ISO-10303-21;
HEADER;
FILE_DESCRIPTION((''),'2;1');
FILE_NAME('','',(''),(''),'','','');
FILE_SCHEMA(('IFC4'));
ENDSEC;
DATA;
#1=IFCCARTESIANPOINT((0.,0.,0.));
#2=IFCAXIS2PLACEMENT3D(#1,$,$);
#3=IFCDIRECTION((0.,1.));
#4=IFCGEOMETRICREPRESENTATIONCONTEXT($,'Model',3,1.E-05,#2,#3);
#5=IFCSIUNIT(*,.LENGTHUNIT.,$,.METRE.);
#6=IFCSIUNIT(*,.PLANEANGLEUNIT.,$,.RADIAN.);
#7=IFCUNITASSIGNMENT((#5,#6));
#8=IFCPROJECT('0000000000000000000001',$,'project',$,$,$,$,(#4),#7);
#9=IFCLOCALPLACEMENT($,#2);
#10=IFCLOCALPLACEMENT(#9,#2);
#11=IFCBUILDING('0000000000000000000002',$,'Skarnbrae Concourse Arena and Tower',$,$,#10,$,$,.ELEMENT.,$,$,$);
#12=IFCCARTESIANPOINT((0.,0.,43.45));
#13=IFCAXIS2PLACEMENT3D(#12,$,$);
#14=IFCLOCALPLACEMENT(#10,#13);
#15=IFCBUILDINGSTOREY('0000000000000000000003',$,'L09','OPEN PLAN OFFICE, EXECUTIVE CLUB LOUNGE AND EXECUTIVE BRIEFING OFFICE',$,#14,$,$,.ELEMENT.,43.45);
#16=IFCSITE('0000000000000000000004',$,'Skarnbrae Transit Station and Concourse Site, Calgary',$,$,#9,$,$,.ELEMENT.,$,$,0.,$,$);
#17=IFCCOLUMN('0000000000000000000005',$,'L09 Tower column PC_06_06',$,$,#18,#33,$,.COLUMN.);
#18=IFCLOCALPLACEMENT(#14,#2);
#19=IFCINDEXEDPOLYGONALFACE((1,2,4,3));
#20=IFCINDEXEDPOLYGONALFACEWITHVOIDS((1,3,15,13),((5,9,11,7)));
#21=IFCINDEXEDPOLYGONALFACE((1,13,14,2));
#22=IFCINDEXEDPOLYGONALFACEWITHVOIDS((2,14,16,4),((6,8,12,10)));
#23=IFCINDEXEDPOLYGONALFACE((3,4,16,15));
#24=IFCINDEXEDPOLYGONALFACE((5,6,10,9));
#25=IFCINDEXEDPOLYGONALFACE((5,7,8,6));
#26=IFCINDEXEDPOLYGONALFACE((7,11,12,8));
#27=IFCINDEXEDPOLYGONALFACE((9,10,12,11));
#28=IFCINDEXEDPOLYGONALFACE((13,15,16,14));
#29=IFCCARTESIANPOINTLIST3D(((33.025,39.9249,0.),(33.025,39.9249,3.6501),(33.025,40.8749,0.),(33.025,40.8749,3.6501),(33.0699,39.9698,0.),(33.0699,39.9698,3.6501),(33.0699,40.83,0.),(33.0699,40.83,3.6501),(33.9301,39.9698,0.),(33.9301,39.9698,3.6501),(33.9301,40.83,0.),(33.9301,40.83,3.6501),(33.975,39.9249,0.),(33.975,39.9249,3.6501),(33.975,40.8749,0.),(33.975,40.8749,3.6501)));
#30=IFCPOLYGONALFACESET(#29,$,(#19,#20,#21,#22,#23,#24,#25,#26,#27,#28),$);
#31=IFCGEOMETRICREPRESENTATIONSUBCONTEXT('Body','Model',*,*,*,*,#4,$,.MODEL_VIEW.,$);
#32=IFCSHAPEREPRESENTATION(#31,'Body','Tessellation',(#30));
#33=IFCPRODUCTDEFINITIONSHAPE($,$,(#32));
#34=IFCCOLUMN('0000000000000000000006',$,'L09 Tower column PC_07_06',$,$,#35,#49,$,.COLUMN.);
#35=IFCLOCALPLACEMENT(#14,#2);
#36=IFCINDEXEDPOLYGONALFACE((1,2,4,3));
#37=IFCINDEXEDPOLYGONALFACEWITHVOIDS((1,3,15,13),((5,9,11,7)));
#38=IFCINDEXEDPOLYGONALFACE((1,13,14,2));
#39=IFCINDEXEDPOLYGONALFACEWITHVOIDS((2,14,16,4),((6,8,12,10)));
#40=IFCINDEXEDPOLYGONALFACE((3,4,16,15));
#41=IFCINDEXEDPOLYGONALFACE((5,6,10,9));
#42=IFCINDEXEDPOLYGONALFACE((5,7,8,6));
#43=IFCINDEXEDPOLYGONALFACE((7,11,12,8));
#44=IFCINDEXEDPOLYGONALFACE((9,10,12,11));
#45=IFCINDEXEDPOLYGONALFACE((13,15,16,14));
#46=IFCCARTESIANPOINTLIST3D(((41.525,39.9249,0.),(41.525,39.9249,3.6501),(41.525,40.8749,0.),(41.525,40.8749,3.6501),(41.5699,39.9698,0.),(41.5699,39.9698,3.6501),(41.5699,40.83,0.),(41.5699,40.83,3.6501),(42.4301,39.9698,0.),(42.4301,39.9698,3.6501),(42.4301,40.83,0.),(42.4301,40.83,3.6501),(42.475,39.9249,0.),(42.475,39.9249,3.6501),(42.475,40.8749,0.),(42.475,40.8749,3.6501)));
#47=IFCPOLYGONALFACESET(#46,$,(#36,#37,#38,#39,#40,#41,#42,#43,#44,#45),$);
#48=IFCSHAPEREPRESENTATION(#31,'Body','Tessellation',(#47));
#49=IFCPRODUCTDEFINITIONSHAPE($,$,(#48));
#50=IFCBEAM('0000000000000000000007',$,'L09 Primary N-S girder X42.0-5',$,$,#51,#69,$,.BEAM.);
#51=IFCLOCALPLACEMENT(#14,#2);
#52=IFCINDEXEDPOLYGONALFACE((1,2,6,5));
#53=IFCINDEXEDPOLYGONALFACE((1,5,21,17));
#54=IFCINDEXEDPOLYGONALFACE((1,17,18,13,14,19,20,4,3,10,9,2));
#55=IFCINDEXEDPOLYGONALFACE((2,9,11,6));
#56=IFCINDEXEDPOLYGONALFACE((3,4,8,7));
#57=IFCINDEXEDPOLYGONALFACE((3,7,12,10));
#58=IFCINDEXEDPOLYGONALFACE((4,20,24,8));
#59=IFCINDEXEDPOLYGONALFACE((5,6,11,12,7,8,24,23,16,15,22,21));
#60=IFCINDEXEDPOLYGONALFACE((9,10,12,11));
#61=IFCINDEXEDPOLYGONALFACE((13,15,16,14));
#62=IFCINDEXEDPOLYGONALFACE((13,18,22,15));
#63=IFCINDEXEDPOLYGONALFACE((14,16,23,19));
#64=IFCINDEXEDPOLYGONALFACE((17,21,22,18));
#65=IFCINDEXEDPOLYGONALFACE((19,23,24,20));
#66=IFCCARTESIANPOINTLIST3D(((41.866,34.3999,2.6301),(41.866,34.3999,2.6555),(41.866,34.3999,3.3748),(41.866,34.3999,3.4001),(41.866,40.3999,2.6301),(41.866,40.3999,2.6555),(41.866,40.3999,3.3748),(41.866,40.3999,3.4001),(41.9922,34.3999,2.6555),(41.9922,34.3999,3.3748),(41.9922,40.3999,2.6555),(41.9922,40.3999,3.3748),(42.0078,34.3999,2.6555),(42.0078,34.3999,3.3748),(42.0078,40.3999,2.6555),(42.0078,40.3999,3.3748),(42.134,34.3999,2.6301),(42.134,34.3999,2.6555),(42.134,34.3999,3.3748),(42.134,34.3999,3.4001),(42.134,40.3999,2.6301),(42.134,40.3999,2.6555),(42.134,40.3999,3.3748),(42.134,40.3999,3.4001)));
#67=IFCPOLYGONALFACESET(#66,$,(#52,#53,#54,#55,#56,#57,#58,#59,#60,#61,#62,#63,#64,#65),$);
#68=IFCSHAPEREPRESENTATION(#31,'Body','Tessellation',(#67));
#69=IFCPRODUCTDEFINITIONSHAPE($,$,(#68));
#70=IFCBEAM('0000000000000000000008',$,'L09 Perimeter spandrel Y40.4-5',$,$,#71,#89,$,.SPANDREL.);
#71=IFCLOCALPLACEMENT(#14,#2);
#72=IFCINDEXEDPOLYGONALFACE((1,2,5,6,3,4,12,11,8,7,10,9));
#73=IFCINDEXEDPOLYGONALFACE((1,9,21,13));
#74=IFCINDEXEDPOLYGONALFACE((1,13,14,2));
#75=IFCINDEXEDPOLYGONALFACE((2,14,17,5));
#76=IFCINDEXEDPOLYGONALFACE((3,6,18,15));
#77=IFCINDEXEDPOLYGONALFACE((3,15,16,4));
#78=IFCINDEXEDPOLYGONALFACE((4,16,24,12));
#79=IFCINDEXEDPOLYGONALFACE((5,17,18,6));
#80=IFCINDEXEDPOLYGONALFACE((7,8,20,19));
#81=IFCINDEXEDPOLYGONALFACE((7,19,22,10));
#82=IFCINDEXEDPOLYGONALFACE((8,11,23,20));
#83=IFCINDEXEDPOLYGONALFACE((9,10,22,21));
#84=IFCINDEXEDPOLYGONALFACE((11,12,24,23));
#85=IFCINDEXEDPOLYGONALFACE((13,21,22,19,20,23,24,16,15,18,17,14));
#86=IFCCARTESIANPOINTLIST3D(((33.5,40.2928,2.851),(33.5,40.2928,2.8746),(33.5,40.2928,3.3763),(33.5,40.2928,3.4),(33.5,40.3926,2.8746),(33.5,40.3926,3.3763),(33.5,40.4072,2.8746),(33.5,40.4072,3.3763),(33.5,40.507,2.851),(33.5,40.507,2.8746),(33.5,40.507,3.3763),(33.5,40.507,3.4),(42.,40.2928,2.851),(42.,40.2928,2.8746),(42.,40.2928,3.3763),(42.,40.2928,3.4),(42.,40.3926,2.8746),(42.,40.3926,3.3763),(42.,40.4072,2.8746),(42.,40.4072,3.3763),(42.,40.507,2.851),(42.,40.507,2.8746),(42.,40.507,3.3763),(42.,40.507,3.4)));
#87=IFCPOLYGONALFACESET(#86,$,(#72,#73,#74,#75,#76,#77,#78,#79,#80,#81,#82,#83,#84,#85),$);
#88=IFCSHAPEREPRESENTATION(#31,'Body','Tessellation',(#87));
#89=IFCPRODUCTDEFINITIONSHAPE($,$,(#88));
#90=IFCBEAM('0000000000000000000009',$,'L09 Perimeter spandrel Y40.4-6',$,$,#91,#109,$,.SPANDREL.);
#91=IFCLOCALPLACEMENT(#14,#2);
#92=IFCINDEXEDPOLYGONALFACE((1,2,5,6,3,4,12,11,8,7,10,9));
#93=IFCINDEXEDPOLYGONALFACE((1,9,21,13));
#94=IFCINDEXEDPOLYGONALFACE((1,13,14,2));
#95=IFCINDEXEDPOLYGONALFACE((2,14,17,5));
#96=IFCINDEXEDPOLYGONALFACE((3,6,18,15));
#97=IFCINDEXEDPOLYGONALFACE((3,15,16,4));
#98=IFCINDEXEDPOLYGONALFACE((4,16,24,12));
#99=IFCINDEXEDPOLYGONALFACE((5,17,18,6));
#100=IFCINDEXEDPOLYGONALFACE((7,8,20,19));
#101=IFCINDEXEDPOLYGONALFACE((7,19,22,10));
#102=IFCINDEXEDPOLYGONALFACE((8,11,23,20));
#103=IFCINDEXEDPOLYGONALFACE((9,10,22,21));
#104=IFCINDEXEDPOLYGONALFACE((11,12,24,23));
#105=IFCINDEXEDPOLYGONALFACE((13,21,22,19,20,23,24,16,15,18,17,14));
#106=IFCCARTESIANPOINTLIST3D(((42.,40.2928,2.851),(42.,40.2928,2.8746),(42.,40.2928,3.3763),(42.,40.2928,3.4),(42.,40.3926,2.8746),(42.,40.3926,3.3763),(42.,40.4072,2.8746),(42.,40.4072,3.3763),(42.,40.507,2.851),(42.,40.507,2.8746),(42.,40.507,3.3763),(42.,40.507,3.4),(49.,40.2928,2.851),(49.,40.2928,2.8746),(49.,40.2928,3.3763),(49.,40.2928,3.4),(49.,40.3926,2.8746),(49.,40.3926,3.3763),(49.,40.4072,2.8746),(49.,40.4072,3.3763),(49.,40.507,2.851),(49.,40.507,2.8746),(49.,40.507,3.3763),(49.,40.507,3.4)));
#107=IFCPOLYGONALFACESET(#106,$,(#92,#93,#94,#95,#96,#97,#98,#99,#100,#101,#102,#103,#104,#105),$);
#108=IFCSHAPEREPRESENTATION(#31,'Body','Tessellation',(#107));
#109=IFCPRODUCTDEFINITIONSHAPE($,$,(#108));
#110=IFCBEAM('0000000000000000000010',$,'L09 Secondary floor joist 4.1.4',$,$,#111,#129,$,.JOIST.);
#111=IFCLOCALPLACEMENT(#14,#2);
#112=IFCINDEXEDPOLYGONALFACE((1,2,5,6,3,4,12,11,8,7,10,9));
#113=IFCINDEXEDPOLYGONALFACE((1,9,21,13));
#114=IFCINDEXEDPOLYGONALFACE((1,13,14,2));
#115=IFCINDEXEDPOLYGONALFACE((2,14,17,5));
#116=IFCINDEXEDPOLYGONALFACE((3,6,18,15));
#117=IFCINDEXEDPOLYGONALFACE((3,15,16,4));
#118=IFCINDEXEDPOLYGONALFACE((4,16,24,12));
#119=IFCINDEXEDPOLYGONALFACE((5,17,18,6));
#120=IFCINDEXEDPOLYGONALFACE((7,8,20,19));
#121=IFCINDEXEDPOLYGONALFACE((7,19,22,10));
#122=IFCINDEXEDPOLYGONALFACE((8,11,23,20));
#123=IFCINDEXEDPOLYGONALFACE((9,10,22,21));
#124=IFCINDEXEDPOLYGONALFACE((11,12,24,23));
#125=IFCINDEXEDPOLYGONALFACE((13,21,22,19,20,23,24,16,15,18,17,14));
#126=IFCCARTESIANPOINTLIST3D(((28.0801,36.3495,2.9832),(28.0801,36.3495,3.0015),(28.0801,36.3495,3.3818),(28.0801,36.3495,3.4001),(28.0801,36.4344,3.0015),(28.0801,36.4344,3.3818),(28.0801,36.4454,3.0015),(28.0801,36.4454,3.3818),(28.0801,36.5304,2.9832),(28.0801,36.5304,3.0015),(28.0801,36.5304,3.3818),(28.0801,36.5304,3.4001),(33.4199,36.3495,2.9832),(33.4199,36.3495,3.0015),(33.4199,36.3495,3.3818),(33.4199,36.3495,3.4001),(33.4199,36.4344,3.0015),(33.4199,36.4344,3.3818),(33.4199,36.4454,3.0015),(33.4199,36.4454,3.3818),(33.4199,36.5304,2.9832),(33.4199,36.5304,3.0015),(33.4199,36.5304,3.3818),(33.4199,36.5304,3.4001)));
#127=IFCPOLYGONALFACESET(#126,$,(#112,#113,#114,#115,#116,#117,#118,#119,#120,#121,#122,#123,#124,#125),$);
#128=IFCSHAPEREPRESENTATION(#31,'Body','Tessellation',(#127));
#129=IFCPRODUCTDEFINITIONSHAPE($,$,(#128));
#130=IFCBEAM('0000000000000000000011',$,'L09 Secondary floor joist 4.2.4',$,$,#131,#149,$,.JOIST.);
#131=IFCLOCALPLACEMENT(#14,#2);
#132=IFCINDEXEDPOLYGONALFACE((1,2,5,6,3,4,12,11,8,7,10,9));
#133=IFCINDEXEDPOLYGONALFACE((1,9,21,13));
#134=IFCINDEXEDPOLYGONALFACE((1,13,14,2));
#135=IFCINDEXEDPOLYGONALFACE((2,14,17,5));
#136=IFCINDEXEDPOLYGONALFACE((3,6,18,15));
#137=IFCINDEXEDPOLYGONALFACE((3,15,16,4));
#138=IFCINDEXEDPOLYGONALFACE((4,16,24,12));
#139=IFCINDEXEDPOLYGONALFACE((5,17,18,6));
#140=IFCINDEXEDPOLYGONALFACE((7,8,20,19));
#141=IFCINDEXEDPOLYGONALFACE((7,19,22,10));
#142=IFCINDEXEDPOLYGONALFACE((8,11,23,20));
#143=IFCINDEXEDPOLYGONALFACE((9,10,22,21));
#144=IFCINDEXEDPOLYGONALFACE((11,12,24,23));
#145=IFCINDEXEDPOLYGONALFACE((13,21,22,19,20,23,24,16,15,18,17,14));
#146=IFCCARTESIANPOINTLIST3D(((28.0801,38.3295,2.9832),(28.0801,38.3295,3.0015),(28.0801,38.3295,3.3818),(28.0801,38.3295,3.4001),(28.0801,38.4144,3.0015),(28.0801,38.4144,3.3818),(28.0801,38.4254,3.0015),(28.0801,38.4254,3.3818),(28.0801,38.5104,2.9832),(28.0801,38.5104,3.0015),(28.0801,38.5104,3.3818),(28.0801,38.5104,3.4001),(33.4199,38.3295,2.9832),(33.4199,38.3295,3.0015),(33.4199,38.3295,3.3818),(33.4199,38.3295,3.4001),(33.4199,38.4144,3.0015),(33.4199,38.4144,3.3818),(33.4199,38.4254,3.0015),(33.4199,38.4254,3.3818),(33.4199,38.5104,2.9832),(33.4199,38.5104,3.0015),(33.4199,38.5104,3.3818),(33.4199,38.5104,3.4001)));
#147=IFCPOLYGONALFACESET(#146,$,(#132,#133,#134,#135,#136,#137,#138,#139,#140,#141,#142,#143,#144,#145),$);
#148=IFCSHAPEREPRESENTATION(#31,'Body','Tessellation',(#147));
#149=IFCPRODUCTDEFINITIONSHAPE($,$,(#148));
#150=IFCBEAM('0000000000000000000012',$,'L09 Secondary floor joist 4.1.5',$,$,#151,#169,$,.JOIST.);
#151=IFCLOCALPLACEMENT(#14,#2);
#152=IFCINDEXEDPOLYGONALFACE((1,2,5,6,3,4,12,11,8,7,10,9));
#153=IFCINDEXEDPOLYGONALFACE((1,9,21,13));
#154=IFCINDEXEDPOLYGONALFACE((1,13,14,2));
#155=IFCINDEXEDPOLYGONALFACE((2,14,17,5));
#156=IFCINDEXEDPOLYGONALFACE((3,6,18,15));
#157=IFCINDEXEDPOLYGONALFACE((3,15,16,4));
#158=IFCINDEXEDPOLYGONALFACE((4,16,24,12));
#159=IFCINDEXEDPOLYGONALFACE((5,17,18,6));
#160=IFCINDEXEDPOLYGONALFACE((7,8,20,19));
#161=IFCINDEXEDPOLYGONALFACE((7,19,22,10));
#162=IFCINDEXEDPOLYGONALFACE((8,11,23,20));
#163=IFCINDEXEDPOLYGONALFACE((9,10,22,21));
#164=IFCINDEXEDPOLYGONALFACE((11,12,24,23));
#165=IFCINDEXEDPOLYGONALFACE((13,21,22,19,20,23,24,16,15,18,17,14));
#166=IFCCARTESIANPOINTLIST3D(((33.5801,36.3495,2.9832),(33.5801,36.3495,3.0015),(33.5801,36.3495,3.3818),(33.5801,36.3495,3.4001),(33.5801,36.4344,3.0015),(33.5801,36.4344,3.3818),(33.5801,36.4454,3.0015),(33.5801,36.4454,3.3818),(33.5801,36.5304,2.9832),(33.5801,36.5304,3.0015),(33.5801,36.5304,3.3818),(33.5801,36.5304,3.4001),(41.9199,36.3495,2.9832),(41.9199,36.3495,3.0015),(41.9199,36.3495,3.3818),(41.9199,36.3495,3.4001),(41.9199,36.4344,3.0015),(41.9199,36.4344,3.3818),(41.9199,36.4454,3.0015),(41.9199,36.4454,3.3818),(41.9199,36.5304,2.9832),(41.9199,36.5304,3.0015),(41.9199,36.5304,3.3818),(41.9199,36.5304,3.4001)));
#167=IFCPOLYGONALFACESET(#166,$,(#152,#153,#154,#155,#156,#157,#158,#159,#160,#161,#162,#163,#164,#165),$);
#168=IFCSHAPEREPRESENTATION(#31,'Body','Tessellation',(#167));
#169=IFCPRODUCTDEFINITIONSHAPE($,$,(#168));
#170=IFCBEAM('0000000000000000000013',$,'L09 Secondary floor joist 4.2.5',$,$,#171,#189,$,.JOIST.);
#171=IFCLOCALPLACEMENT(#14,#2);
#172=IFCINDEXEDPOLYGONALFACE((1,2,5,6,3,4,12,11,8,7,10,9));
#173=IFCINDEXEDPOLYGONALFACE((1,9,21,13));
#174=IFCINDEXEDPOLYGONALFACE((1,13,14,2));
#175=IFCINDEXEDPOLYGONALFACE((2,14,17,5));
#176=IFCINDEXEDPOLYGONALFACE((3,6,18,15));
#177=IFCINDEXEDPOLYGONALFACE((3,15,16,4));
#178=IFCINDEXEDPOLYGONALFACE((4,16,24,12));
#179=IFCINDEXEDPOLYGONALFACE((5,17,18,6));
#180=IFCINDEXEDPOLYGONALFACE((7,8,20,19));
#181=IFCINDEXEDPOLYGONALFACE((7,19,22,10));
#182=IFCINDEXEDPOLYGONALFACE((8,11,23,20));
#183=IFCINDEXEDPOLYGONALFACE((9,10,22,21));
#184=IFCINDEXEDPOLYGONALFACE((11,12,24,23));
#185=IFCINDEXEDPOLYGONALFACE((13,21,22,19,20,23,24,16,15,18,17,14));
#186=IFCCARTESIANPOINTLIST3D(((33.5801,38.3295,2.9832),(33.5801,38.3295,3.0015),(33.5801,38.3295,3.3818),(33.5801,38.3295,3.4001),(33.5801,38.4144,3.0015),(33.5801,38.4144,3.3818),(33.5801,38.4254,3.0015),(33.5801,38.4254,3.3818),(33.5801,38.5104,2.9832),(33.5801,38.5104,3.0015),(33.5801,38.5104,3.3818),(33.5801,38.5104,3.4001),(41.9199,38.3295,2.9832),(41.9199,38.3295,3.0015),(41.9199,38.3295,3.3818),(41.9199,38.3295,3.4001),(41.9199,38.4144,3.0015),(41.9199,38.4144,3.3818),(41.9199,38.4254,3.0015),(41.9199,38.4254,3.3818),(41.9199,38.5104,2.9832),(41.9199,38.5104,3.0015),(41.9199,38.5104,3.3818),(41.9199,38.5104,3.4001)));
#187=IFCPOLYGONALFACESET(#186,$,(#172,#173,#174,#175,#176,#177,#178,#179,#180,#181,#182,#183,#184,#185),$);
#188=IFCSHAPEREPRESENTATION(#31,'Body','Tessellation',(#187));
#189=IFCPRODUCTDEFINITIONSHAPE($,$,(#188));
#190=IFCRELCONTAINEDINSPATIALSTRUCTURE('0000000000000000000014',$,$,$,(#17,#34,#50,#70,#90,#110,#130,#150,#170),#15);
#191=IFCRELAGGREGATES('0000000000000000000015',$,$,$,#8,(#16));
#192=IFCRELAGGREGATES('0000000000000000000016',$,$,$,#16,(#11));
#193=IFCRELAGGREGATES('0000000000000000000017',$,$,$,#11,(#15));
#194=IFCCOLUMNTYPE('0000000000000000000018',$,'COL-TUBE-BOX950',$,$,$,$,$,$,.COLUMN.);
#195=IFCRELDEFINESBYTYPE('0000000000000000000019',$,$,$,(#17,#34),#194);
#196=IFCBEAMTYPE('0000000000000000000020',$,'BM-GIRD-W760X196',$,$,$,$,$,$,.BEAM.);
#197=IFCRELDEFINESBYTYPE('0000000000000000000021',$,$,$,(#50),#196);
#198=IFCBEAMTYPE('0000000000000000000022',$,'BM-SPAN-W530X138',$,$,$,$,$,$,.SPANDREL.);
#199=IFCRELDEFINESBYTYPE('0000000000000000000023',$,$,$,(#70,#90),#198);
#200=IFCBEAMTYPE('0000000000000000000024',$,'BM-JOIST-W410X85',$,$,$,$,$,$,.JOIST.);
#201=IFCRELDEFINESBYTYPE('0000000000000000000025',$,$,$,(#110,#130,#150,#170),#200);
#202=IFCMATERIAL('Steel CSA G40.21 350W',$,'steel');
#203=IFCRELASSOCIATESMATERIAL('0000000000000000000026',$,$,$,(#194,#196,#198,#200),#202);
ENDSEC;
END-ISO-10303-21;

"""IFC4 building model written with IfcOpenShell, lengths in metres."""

from ifc_helpers import new_model, si_unit, direction, frame, origin, origin_2d, place, context, subcontext, project, spatial, hollow_rectangle, i_section, extrude, source, transform, mapped, material, material_profile, profile_set, type_object, element, save


model = new_model("IFC4")

# Units and contexts
model_context = context("Model", 3, precision=1e-05, world=origin(), true_north=direction((0.0, 1.0)))
body_context = subcontext(model_context, "Body", "Model", "MODEL_VIEW")
ifc_project = project(units=[si_unit("LENGTHUNIT", "METRE"), si_unit("PLANEANGLEUNIT", "RADIAN")], contexts=[model_context])

# Site, building, storey
site_placement = place(None, origin())
site = spatial("IfcSite", under=ifc_project, at=site_placement, Name="Skarnbrae Transit Station and Concourse Site, Calgary", CompositionType="ELEMENT", RefElevation=0.0)
building_placement = place(site_placement, origin())
building = spatial("IfcBuilding", under=site, at=building_placement, Name="Skarnbrae Concourse Arena and Tower", CompositionType="ELEMENT")
storey_placement = place(building_placement, frame((0.0, 0.0, 43.45)))
storey = spatial("IfcBuildingStorey", under=building, at=storey_placement, Name="L09", Description="OPEN PLAN OFFICE, EXECUTIVE CLUB LOUNGE AND EXECUTIVE BRIEFING OFFICE", CompositionType="ELEMENT", Elevation=43.45)

# Columns
ifc_material_1 = material(Name="Steel CSA G40.21 350W", Category="steel")
ifc_material_profile_1 = material_profile(ifc_material_1, hollow_rectangle(XDim=0.95, YDim=0.95, WallThickness=0.0449, at=origin_2d()), Name="BOX950X950X45")
ifc_profile_set_1 = profile_set([ifc_material_profile_1], Name="Steel CSA G40.21 350W")
column_type = type_object("IfcColumnType", Name="COL-TUBE-BOX950", PredefinedType="COLUMN", material=ifc_profile_set_1)
shared_shape_1 = source(origin(), body_context, "Body", "SweptSolid", [
    extrude(hollow_rectangle(XDim=0.95, YDim=0.95, WallThickness=0.0449, at=origin_2d()), origin(), (0.0, 0.0, 1.0), 3.6501),
])
for number, where, z_axis, x_axis, name in (
    (1, (33.5, 40.3999, 0.0), (0.0, 0.0, 1.0), (1.0, 0.0, 0.0), "L09 Tower column PC_06_06"),
    (2, (42.0, 40.3999, 0.0), (0.0, 0.0, 1.0), (1.0, 0.0, 0.0), "L09 Tower column PC_07_06"),
):
    element("IfcColumn", number, at=place(storey_placement, frame(where, z_axis=z_axis, x_axis=x_axis)), inside=storey, type_object=column_type, Name=name, PredefinedType="COLUMN", context=body_context, shape_type="MappedRepresentation", body=[
        mapped(shared_shape_1, transform((0.0, 0.0, 0.0))),
    ])

# Beams
ifc_material_profile_2 = material_profile(ifc_material_1, i_section(OverallWidth=0.2681, OverallDepth=0.77, WebThickness=0.0156, FlangeThickness=0.0254, at=origin_2d()), Name="W760X196")
ifc_profile_set_2 = profile_set([ifc_material_profile_2], Name="Steel CSA G40.21 350W")
beam_type_1 = type_object("IfcBeamType", Name="BM-GIRD-W760X196", PredefinedType="BEAM", material=ifc_profile_set_2)
shared_shape_2 = source(origin(), body_context, "Body", "SweptSolid", [
    extrude(i_section(OverallWidth=0.2681, OverallDepth=0.77, WebThickness=0.0156, FlangeThickness=0.0254, at=origin_2d()), origin(), (0.0, 0.0, 1.0), 6.0),
])
beam_1_placement = place(storey_placement, frame((42.0, 34.3999, 3.0151), z_axis=(0.0, 1.0, 0.0), x_axis=(-1.0, 0.0, 0.0)))
element("IfcBeam", 3, at=beam_1_placement, inside=storey, type_object=beam_type_1, Name="L09 Primary N-S girder X42.0-5", PredefinedType="BEAM", context=body_context, shape_type="MappedRepresentation", body=[
    mapped(shared_shape_2, transform((0.0, 0.0, 0.0))),
])
ifc_material_profile_3 = material_profile(ifc_material_1, i_section(OverallWidth=0.2141, OverallDepth=0.5491, WebThickness=0.0146, FlangeThickness=0.0237, at=origin_2d()), Name="W530X138")
ifc_profile_set_3 = profile_set([ifc_material_profile_3], Name="Steel CSA G40.21 350W")
beam_type_2 = type_object("IfcBeamType", Name="BM-SPAN-W530X138", PredefinedType="SPANDREL", material=ifc_profile_set_3)
shared_shape_3 = source(origin(), body_context, "Body", "SweptSolid", [
    extrude(i_section(OverallWidth=0.2141, OverallDepth=0.5491, WebThickness=0.0146, FlangeThickness=0.0237, at=origin_2d()), origin(), (0.0, 0.0, 1.0), 8.5),
])
beam_2_placement = place(storey_placement, frame((33.5, 40.3999, 3.1255), z_axis=(1.0, 0.0, 0.0), x_axis=(0.0, 1.0, 0.0)))
element("IfcBeam", 4, at=beam_2_placement, inside=storey, type_object=beam_type_2, Name="L09 Perimeter spandrel Y40.4-5", PredefinedType="SPANDREL", context=body_context, shape_type="MappedRepresentation", body=[
    mapped(shared_shape_3, transform((0.0, 0.0, 0.0))),
])
shared_shape_4 = source(origin(), body_context, "Body", "SweptSolid", [
    extrude(i_section(OverallWidth=0.2141, OverallDepth=0.5491, WebThickness=0.0146, FlangeThickness=0.0237, at=origin_2d()), origin(), (0.0, 0.0, 1.0), 7.0),
])
beam_3_placement = place(storey_placement, frame((42.0, 40.3999, 3.1255), z_axis=(1.0, 0.0, 0.0), x_axis=(0.0, 1.0, 0.0)))
element("IfcBeam", 5, at=beam_3_placement, inside=storey, type_object=beam_type_2, Name="L09 Perimeter spandrel Y40.4-6", PredefinedType="SPANDREL", context=body_context, shape_type="MappedRepresentation", body=[
    mapped(shared_shape_4, transform((0.0, 0.0, 0.0))),
])
ifc_material_profile_4 = material_profile(ifc_material_1, i_section(OverallWidth=0.1809, OverallDepth=0.417, WebThickness=0.011, FlangeThickness=0.0183, at=origin_2d()), Name="W410X85")
ifc_profile_set_4 = profile_set([ifc_material_profile_4], Name="Steel CSA G40.21 350W")
beam_type_3 = type_object("IfcBeamType", Name="BM-JOIST-W410X85", PredefinedType="JOIST", material=ifc_profile_set_4)
shared_shape_5 = source(origin(), body_context, "Body", "SweptSolid", [
    extrude(i_section(OverallWidth=0.1809, OverallDepth=0.417, WebThickness=0.011, FlangeThickness=0.0183, at=origin_2d()), origin(), (0.0, 0.0, 1.0), 5.3398),
])
for number, where, z_axis, x_axis, name in (
    (6, (28.0801, 36.4399, 3.1917), (1.0, 0.0, 0.0), (0.0, 1.0, 0.0), "L09 Secondary floor joist 4.1.4"),
    (7, (28.0801, 38.4199, 3.1917), (1.0, 0.0, 0.0), (0.0, 1.0, 0.0), "L09 Secondary floor joist 4.2.4"),
):
    element("IfcBeam", number, at=place(storey_placement, frame(where, z_axis=z_axis, x_axis=x_axis)), inside=storey, type_object=beam_type_3, Name=name, PredefinedType="JOIST", context=body_context, shape_type="MappedRepresentation", body=[
        mapped(shared_shape_5, transform((0.0, 0.0, 0.0))),
    ])
shared_shape_6 = source(origin(), body_context, "Body", "SweptSolid", [
    extrude(i_section(OverallWidth=0.1809, OverallDepth=0.417, WebThickness=0.011, FlangeThickness=0.0183, at=origin_2d()), origin(), (0.0, 0.0, 1.0), 8.3398),
])
for number, where, z_axis, x_axis, name in (
    (8, (33.5801, 36.4399, 3.1917), (1.0, 0.0, 0.0), (0.0, 1.0, 0.0), "L09 Secondary floor joist 4.1.5"),
    (9, (33.5801, 38.4199, 3.1917), (1.0, 0.0, 0.0), (0.0, 1.0, 0.0), "L09 Secondary floor joist 4.2.5"),
):
    element("IfcBeam", number, at=place(storey_placement, frame(where, z_axis=z_axis, x_axis=x_axis)), inside=storey, type_object=beam_type_3, Name=name, PredefinedType="JOIST", context=body_context, shape_type="MappedRepresentation", body=[
        mapped(shared_shape_6, transform((0.0, 0.0, 0.0))),
    ])

save(model, "model.ifc")
